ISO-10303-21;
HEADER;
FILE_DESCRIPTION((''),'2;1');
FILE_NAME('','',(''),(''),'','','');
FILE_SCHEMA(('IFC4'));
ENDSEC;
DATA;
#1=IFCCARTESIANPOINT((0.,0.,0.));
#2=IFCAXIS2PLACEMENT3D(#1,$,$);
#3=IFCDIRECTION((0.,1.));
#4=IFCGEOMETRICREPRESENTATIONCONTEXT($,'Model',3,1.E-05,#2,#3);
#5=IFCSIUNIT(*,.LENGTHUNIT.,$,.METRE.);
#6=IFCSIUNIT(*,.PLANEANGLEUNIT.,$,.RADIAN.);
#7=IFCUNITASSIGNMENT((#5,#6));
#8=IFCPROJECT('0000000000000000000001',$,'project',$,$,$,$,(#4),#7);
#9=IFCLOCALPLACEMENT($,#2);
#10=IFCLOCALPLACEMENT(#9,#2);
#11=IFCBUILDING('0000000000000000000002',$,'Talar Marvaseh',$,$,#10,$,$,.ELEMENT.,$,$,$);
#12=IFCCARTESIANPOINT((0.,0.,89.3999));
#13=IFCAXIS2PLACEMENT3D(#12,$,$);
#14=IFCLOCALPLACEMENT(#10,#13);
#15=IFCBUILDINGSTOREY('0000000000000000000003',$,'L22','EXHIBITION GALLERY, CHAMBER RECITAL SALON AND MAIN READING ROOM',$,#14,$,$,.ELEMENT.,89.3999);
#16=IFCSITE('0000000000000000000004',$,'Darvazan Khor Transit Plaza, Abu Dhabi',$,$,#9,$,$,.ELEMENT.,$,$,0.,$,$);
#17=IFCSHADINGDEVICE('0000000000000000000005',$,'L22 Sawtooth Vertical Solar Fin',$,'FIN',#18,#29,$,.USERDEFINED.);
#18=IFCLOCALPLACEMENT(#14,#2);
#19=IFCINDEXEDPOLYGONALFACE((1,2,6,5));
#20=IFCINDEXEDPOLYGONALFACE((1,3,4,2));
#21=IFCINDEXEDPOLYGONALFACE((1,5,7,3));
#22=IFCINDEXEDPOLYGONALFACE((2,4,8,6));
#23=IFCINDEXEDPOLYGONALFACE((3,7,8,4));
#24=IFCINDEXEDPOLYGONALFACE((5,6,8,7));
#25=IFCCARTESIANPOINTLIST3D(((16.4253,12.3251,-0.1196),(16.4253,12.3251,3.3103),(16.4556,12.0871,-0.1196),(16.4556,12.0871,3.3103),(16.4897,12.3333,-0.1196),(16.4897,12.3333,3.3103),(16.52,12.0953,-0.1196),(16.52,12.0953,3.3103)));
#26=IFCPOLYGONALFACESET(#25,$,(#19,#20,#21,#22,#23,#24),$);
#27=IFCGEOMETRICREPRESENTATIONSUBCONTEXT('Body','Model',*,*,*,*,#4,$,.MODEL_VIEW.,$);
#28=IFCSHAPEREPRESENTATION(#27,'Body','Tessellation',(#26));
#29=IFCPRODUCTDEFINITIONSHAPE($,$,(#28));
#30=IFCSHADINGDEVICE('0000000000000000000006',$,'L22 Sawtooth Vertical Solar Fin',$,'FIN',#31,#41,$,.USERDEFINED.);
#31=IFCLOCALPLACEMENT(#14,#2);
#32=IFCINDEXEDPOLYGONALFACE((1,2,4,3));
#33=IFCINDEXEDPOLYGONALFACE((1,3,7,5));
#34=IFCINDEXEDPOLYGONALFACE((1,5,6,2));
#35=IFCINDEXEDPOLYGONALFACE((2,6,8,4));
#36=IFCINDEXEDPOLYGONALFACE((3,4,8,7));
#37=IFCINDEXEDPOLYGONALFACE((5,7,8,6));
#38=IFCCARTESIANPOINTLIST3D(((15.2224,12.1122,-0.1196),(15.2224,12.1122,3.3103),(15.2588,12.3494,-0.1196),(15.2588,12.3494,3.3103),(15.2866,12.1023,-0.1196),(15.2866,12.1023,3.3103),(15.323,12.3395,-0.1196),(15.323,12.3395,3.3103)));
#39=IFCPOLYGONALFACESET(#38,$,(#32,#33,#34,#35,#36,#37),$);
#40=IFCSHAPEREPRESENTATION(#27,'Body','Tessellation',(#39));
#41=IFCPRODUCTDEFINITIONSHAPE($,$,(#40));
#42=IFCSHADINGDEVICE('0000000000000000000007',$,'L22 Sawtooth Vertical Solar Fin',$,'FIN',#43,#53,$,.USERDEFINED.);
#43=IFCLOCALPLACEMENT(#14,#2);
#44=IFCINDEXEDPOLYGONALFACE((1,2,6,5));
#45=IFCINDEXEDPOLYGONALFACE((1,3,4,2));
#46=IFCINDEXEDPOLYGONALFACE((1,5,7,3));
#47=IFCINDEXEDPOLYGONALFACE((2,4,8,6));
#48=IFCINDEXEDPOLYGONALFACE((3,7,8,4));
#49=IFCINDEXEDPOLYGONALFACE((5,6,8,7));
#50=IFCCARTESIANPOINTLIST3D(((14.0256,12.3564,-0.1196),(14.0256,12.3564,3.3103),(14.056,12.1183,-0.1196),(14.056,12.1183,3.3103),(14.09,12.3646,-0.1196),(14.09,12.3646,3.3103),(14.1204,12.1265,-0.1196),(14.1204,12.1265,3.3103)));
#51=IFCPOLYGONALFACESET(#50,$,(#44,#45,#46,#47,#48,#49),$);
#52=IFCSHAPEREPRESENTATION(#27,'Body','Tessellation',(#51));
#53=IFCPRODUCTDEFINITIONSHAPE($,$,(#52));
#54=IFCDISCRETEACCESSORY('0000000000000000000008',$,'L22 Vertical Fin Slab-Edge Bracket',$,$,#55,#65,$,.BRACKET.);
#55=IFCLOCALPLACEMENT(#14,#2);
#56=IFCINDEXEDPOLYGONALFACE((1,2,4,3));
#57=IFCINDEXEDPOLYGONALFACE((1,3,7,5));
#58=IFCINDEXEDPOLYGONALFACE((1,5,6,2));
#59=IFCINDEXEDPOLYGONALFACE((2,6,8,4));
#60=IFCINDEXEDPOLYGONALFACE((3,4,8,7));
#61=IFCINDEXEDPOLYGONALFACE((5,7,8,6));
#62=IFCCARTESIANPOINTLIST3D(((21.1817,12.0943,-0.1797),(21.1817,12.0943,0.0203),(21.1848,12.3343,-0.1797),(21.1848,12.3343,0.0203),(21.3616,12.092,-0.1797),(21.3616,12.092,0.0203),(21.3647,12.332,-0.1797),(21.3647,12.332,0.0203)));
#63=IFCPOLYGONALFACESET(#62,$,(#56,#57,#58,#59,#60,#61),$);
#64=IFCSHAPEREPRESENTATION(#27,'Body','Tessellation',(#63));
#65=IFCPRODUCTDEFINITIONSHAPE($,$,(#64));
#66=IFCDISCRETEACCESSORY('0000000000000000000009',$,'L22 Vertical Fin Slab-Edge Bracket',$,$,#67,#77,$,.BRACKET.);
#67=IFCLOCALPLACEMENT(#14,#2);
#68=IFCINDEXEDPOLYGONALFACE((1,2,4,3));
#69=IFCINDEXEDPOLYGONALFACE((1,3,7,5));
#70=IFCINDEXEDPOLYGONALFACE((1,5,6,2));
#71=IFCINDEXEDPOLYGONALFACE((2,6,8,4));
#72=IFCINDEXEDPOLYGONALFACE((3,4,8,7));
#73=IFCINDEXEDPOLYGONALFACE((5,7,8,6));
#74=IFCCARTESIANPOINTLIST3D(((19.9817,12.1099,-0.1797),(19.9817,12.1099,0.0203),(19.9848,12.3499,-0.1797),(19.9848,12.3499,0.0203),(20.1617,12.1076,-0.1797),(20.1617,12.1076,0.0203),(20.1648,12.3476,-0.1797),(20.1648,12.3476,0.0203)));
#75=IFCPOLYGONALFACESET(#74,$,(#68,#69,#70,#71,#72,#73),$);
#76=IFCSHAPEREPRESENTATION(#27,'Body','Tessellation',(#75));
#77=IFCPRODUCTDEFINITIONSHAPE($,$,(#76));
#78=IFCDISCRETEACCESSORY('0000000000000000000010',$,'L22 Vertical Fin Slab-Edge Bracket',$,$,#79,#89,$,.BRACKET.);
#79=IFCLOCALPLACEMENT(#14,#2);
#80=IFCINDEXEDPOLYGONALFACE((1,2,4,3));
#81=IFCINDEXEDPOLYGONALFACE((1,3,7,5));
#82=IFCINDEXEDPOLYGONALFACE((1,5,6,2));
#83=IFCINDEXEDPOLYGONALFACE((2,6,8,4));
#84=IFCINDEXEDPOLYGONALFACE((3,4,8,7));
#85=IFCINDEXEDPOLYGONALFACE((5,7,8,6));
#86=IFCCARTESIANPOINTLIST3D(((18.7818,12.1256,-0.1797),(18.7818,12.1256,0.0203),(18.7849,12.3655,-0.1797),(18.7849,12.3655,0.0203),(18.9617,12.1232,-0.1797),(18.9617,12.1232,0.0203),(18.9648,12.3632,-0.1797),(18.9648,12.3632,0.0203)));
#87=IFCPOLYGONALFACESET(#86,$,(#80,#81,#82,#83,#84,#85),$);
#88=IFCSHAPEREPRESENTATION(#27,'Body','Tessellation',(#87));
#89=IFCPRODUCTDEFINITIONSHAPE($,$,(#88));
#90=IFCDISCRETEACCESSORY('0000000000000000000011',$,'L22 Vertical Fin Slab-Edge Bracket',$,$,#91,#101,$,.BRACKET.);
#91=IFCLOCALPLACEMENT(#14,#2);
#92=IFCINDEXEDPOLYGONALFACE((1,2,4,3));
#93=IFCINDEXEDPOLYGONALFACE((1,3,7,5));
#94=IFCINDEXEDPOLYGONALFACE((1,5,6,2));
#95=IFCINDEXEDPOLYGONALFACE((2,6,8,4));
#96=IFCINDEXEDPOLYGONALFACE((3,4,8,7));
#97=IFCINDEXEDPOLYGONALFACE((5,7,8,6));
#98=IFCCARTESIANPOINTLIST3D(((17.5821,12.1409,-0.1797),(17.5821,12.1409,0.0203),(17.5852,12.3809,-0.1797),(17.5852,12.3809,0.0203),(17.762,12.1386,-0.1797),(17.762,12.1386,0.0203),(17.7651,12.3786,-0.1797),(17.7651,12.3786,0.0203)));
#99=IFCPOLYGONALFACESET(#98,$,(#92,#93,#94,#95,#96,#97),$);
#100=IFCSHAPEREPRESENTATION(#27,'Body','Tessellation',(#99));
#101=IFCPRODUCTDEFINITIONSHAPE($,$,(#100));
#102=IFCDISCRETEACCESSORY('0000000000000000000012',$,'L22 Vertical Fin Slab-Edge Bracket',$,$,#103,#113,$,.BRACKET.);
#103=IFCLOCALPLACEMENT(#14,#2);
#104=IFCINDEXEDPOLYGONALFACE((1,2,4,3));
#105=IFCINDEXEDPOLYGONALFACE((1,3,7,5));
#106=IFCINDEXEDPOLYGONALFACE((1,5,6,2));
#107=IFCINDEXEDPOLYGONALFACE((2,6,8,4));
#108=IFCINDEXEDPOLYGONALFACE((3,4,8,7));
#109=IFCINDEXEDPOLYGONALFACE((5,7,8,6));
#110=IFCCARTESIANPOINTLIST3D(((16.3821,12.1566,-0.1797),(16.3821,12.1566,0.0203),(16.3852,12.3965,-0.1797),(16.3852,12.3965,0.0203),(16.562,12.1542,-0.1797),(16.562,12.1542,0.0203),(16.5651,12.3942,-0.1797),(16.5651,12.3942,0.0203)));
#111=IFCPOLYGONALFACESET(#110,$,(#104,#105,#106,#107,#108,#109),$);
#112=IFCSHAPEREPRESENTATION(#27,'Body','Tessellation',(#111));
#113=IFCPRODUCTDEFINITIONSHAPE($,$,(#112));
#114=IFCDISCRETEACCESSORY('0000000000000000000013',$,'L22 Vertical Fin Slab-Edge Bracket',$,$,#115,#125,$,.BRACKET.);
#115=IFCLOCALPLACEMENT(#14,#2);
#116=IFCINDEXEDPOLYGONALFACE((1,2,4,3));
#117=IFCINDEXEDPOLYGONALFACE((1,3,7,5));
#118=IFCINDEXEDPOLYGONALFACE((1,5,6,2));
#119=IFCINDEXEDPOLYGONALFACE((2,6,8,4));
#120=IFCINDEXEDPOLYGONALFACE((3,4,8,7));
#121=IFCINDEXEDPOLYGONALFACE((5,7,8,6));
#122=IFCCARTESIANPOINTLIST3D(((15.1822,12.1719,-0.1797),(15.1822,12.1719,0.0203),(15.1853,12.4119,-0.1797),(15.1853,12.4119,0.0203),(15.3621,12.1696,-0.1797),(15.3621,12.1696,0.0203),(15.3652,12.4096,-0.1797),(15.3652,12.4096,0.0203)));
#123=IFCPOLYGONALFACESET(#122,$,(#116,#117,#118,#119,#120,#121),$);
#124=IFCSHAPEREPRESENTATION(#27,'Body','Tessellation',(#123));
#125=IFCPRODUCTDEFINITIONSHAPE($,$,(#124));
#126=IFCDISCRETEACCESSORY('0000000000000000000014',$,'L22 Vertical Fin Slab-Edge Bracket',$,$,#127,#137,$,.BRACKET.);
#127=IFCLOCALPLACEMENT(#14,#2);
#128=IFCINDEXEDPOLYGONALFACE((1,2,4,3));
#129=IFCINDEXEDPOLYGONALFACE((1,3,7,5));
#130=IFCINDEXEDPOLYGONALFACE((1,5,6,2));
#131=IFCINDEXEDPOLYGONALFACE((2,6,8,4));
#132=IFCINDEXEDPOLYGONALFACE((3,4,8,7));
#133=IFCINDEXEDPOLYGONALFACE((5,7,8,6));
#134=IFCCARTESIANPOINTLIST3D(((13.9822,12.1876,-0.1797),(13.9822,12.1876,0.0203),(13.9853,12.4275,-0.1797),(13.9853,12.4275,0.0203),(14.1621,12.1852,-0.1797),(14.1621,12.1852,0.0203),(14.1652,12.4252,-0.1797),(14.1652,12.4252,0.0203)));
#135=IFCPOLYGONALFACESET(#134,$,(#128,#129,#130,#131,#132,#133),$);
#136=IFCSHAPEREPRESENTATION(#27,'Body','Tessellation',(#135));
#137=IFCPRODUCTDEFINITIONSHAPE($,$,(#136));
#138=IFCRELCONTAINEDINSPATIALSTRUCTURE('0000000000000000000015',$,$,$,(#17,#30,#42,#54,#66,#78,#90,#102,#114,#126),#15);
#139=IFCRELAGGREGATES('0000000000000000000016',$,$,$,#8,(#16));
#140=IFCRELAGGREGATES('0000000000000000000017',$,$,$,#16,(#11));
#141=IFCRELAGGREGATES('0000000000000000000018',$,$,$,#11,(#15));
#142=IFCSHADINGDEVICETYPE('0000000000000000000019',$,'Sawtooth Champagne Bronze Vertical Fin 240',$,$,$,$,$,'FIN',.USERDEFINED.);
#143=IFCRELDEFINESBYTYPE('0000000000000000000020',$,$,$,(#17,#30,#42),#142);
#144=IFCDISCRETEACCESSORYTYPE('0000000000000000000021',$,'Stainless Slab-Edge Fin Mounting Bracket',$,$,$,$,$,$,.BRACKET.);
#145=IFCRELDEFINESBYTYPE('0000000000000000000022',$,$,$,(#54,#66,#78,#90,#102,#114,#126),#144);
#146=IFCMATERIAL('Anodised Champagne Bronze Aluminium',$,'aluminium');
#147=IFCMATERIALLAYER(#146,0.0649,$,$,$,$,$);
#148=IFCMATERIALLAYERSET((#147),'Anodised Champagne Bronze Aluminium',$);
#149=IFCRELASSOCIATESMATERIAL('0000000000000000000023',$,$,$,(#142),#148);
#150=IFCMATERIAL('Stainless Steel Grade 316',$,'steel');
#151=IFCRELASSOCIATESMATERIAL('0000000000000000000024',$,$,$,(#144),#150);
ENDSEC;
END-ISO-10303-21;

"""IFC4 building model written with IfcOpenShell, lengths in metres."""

from ifc_helpers import new_model, si_unit, direction, frame, origin, origin_2d, place, context, subcontext, project, spatial, rectangle, extrude, source, transform, mapped, material, layer, layer_set, type_object, type_shapes, element, save


model = new_model("IFC4")

# Units and contexts
model_context = context("Model", 3, precision=1e-05, world=origin(), true_north=direction((0.0, 1.0)))
body_context = subcontext(model_context, "Body", "Model", "MODEL_VIEW")
ifc_project = project(units=[si_unit("LENGTHUNIT", "METRE"), si_unit("PLANEANGLEUNIT", "RADIAN")], contexts=[model_context])

# Site, building, storey
site_placement = place(None, origin())
site = spatial("IfcSite", under=ifc_project, at=site_placement, Name="Darvazan Khor Transit Plaza, Abu Dhabi", CompositionType="ELEMENT", RefElevation=0.0)
building_placement = place(site_placement, origin())
building = spatial("IfcBuilding", under=site, at=building_placement, Name="Talar Marvaseh", CompositionType="ELEMENT")
storey_placement = place(building_placement, frame((0.0, 0.0, 89.3999)))
storey = spatial("IfcBuildingStorey", under=building, at=storey_placement, Name="L22", Description="EXHIBITION GALLERY, CHAMBER RECITAL SALON AND MAIN READING ROOM", CompositionType="ELEMENT", Elevation=89.3999)

# Shading devices
ifc_material_1 = material(Name="Anodised Champagne Bronze Aluminium", Category="aluminium")
ifc_layer_1 = layer(ifc_material_1, 0.0649)
ifc_layer_set_1 = layer_set([ifc_layer_1], Name="Anodised Champagne Bronze Aluminium")
shading_device_type = type_object("IfcShadingDeviceType", Name="Sawtooth Champagne Bronze Vertical Fin 240", ElementType="FIN", PredefinedType="USERDEFINED", material=ifc_layer_set_1)
shared_shape_1 = source(origin(), body_context, "Body", "SweptSolid", [
    extrude(rectangle(XDim=0.24, YDim=0.0649, at=origin_2d()), origin(), (0.0, 0.0, 1.0), 3.4299),
])
type_shapes(shading_device_type, [shared_shape_1])
for number, where, z_axis, x_axis, name in (
    (1, (16.4727, 12.2102, -0.1196), (0.0, 0.0, 1.0), (0.126372, -0.991983, 0.0), "L22 Sawtooth Vertical Solar Fin"),
    (2, (15.2727, 12.2258, -0.1196), (0.0, 0.0, 1.0), (-0.151951, -0.988388, 0.0), "L22 Sawtooth Vertical Solar Fin"),
    (3, (14.073, 12.2415, -0.1196), (0.0, 0.0, 1.0), (0.126372, -0.991983, 0.0), "L22 Sawtooth Vertical Solar Fin"),
):
    element("IfcShadingDevice", number, at=place(storey_placement, frame(where, z_axis=z_axis, x_axis=x_axis)), inside=storey, type_object=shading_device_type, Name=name, ObjectType="FIN", PredefinedType="USERDEFINED", context=body_context, shape_type="MappedRepresentation", body=[
        mapped(shared_shape_1, transform((0.0, 0.0, 0.0), x_axis=(1.0, 0.0, 0.0), y_axis=(0.0, 1.0, 0.0), z_axis=(0.0, 0.0, 1.0), scale=1.0)),
    ])

# Discrete accessories
ifc_material_2 = material(Name="Stainless Steel Grade 316", Category="steel")
discrete_accessory_type = type_object("IfcDiscreteAccessoryType", Name="Stainless Slab-Edge Fin Mounting Bracket", PredefinedType="BRACKET", material=ifc_material_2)
shared_shape_2 = source(origin(), body_context, "Body", "SweptSolid", [
    extrude(rectangle(XDim=0.24, YDim=0.1799, at=origin_2d()), origin(), (0.0, 0.0, 1.0), 0.2),
])
type_shapes(discrete_accessory_type, [shared_shape_2])
for number, where, z_axis, x_axis, name in (
    (4, (21.2732, 12.2131, -0.1797), (0.0, 0.0, 1.0), (-0.012915, -0.999917, 0.0), "L22 Vertical Fin Slab-Edge Bracket"),
    (5, (20.0732, 12.2288, -0.1797), (0.0, 0.0, 1.0), (-0.012915, -0.999917, 0.0), "L22 Vertical Fin Slab-Edge Bracket"),
    (6, (18.8733, 12.2444, -0.1797), (0.0, 0.0, 1.0), (-0.012915, -0.999917, 0.0), "L22 Vertical Fin Slab-Edge Bracket"),
    (7, (17.6736, 12.2598, -0.1797), (0.0, 0.0, 1.0), (-0.012915, -0.999917, 0.0), "L22 Vertical Fin Slab-Edge Bracket"),
    (8, (16.4736, 12.2754, -0.1797), (0.0, 0.0, 1.0), (-0.012915, -0.999917, 0.0), "L22 Vertical Fin Slab-Edge Bracket"),
    (9, (15.2737, 12.2908, -0.1797), (0.0, 0.0, 1.0), (-0.012915, -0.999917, 0.0), "L22 Vertical Fin Slab-Edge Bracket"),
    (10, (14.0737, 12.3064, -0.1797), (0.0, 0.0, 1.0), (-0.012915, -0.999917, 0.0), "L22 Vertical Fin Slab-Edge Bracket"),
):
    element("IfcDiscreteAccessory", number, at=place(storey_placement, frame(where, z_axis=z_axis, x_axis=x_axis)), inside=storey, type_object=discrete_accessory_type, Name=name, PredefinedType="BRACKET", context=body_context, shape_type="MappedRepresentation", body=[
        mapped(shared_shape_2, transform((0.0, 0.0, 0.0), x_axis=(1.0, 0.0, 0.0), y_axis=(0.0, 1.0, 0.0), z_axis=(0.0, 0.0, 1.0), scale=1.0)),
    ])

save(model, "model.ifc")
